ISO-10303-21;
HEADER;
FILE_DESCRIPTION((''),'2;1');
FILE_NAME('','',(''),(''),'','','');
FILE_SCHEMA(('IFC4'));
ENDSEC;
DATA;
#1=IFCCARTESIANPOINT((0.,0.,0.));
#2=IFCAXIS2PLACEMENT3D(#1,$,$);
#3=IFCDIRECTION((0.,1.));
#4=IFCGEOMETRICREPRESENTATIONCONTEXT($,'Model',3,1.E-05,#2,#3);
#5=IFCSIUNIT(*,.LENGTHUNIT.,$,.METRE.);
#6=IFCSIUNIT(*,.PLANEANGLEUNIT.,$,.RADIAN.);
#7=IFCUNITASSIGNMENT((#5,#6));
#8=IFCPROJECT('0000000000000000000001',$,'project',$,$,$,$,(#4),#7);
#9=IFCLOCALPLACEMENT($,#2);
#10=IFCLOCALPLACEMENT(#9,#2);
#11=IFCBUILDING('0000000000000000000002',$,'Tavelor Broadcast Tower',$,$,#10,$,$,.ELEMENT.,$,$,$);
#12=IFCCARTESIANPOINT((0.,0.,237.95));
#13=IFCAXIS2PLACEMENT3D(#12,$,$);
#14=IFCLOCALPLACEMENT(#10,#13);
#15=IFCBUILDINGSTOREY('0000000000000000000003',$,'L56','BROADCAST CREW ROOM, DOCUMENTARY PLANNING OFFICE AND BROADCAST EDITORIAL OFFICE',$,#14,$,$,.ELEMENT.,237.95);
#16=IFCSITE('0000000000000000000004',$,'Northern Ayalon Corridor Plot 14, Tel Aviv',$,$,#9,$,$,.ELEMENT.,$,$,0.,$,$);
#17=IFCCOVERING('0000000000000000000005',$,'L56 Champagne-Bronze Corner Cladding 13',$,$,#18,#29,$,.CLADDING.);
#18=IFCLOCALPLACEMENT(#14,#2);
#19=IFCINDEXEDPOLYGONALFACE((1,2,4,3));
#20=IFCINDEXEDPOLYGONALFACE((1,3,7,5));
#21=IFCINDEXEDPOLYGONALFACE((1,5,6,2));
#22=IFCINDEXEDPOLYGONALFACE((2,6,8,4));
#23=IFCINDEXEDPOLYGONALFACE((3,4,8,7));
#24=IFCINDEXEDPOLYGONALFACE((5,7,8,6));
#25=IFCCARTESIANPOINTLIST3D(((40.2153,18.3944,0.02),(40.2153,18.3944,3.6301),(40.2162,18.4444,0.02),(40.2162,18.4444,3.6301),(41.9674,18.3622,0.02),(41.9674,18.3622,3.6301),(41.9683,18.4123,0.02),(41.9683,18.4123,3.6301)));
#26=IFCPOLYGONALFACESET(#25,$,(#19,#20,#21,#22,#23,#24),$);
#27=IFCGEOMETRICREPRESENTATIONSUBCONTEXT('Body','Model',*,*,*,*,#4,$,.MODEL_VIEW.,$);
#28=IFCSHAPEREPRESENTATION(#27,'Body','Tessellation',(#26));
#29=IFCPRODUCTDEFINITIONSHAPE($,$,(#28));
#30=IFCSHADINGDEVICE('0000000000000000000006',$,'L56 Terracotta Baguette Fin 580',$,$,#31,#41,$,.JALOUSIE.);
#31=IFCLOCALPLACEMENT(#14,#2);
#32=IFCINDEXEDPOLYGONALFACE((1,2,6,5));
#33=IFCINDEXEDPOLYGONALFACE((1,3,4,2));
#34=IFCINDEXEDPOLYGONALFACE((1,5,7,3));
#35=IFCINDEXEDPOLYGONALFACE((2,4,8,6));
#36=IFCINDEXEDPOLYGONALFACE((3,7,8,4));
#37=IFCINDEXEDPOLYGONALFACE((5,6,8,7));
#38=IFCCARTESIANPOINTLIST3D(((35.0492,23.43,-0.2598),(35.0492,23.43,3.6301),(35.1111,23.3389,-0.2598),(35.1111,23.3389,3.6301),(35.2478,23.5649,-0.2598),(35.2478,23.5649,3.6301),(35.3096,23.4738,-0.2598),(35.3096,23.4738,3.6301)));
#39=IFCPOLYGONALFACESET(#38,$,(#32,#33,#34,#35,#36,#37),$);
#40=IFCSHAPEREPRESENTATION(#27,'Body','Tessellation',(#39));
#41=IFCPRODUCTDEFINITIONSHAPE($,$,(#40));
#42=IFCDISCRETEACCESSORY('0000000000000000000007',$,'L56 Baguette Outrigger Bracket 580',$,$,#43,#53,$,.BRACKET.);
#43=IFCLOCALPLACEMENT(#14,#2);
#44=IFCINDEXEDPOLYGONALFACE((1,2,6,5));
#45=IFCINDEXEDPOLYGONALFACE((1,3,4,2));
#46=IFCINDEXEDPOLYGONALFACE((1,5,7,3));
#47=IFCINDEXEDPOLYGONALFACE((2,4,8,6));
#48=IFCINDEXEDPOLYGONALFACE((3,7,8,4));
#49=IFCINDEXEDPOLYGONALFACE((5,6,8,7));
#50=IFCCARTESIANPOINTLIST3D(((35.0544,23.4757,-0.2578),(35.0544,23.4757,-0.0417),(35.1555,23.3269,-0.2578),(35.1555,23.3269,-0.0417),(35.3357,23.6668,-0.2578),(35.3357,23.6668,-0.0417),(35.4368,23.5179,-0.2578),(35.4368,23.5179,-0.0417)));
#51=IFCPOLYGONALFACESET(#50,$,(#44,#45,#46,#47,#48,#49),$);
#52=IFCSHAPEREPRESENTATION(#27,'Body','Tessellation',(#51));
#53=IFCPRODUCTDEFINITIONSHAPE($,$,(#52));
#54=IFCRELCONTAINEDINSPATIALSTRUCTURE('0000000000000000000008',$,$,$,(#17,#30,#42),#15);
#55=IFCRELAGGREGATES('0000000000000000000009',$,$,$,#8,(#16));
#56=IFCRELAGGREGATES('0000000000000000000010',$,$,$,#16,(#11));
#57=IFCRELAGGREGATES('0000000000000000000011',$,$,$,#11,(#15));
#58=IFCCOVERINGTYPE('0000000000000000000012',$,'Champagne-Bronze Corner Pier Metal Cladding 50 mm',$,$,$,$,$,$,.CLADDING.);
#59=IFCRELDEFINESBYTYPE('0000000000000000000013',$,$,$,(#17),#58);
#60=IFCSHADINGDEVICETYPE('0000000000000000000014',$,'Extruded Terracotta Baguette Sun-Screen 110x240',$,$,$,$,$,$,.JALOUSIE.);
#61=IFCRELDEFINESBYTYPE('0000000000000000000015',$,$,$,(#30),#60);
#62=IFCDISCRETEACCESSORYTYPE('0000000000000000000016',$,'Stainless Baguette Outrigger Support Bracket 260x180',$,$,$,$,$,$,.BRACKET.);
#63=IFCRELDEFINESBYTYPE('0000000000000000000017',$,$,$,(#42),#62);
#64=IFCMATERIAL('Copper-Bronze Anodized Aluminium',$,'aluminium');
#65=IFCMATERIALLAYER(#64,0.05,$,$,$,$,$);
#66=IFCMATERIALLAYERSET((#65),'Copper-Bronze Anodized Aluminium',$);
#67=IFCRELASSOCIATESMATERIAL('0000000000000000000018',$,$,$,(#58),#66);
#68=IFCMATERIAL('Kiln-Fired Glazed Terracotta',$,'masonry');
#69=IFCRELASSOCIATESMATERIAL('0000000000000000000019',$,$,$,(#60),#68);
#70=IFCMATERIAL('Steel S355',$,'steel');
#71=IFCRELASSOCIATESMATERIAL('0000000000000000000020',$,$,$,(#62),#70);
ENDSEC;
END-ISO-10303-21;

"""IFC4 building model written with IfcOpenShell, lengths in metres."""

from ifc_helpers import new_model, si_unit, direction, frame, origin, origin_2d, place, context, subcontext, project, spatial, rectangle, extrude, source, transform, mapped, material, layer, layer_set, type_object, type_shapes, element, save


model = new_model("IFC4")

# Units and contexts
model_context = context("Model", 3, precision=1e-05, world=origin(), true_north=direction((0.0, 1.0)))
body_context = subcontext(model_context, "Body", "Model", "MODEL_VIEW")
ifc_project = project(units=[si_unit("LENGTHUNIT", "METRE"), si_unit("PLANEANGLEUNIT", "RADIAN")], contexts=[model_context])

# Site, building, storey
site_placement = place(None, origin())
site = spatial("IfcSite", under=ifc_project, at=site_placement, Name="Northern Ayalon Corridor Plot 14, Tel Aviv", CompositionType="ELEMENT", RefElevation=0.0)
building_placement = place(site_placement, origin())
building = spatial("IfcBuilding", under=site, at=building_placement, Name="Tavelor Broadcast Tower", CompositionType="ELEMENT")
storey_placement = place(building_placement, frame((0.0, 0.0, 237.95)))
storey = spatial("IfcBuildingStorey", under=building, at=storey_placement, Name="L56", Description="BROADCAST CREW ROOM, DOCUMENTARY PLANNING OFFICE AND BROADCAST EDITORIAL OFFICE", CompositionType="ELEMENT", Elevation=237.95)

# Shared definitions
ifc_material_1 = material(Name="Steel S355", Category="steel")

# Covering
ifc_material_2 = material(Name="Copper-Bronze Anodized Aluminium", Category="aluminium")
ifc_layer_1 = layer(ifc_material_2, 0.05)
ifc_layer_set_1 = layer_set([ifc_layer_1], Name="Copper-Bronze Anodized Aluminium")
covering_type = type_object("IfcCoveringType", Name="Champagne-Bronze Corner Pier Metal Cladding 50 mm", PredefinedType="CLADDING", material=ifc_layer_set_1)
covering_placement = place(storey_placement, frame((41.0918, 18.4033, 0.02), z_axis=(0.0, 0.0, 1.0), x_axis=(0.999832, -0.018325, 0.0)))
element("IfcCovering", 1, at=covering_placement, inside=storey, type_object=covering_type, Name="L56 Champagne-Bronze Corner Cladding 13", PredefinedType="CLADDING", context=body_context, shape_type="SweptSolid", body=[
    extrude(rectangle(XDim=1.7524, YDim=0.05, at=origin_2d()), origin(), (0.0, 0.0, 1.0), 3.6101),
])

# Shading device
ifc_material_3 = material(Name="Kiln-Fired Glazed Terracotta", Category="masonry")
shading_device_type = type_object("IfcShadingDeviceType", Name="Extruded Terracotta Baguette Sun-Screen 110x240", PredefinedType="JALOUSIE", material=ifc_material_3)
shared_shape_1 = source(origin(), body_context, "Body", "SweptSolid", [
    extrude(rectangle(XDim=0.1101, YDim=0.24, at=origin_2d()), origin(), (0.0, 0.0, 1.0), 3.8899),
])
type_shapes(shading_device_type, [shared_shape_1])
shading_device_placement = place(storey_placement, frame((35.1794, 23.4519, -0.2598), z_axis=(0.0, 0.0, 1.0), x_axis=(0.561795, -0.827277, 0.0)))
element("IfcShadingDevice", 2, at=shading_device_placement, inside=storey, type_object=shading_device_type, Name="L56 Terracotta Baguette Fin 580", PredefinedType="JALOUSIE", context=body_context, shape_type="MappedRepresentation", body=[
    mapped(shared_shape_1, transform((0.0, 0.0, 0.0), scale=1.0)),
])

# Discrete accessory
discrete_accessory_type = type_object("IfcDiscreteAccessoryType", Name="Stainless Baguette Outrigger Support Bracket 260x180", PredefinedType="BRACKET", material=ifc_material_1)
shared_shape_2 = source(origin(), body_context, "Body", "SweptSolid", [
    extrude(rectangle(XDim=0.1799, YDim=0.3401, at=origin_2d()), origin(), (0.0, 0.0, 1.0), 0.2161),
])
type_shapes(discrete_accessory_type, [shared_shape_2])
discrete_accessory_placement = place(storey_placement, frame((35.2456, 23.4968, -0.2578), z_axis=(0.0, 0.0, 1.0), x_axis=(0.561795, -0.827277, 0.0)))
element("IfcDiscreteAccessory", 3, at=discrete_accessory_placement, inside=storey, type_object=discrete_accessory_type, Name="L56 Baguette Outrigger Bracket 580", PredefinedType="BRACKET", context=body_context, shape_type="MappedRepresentation", body=[
    mapped(shared_shape_2, transform((0.0, 0.0, 0.0), scale=1.0)),
])

save(model, "model.ifc")
